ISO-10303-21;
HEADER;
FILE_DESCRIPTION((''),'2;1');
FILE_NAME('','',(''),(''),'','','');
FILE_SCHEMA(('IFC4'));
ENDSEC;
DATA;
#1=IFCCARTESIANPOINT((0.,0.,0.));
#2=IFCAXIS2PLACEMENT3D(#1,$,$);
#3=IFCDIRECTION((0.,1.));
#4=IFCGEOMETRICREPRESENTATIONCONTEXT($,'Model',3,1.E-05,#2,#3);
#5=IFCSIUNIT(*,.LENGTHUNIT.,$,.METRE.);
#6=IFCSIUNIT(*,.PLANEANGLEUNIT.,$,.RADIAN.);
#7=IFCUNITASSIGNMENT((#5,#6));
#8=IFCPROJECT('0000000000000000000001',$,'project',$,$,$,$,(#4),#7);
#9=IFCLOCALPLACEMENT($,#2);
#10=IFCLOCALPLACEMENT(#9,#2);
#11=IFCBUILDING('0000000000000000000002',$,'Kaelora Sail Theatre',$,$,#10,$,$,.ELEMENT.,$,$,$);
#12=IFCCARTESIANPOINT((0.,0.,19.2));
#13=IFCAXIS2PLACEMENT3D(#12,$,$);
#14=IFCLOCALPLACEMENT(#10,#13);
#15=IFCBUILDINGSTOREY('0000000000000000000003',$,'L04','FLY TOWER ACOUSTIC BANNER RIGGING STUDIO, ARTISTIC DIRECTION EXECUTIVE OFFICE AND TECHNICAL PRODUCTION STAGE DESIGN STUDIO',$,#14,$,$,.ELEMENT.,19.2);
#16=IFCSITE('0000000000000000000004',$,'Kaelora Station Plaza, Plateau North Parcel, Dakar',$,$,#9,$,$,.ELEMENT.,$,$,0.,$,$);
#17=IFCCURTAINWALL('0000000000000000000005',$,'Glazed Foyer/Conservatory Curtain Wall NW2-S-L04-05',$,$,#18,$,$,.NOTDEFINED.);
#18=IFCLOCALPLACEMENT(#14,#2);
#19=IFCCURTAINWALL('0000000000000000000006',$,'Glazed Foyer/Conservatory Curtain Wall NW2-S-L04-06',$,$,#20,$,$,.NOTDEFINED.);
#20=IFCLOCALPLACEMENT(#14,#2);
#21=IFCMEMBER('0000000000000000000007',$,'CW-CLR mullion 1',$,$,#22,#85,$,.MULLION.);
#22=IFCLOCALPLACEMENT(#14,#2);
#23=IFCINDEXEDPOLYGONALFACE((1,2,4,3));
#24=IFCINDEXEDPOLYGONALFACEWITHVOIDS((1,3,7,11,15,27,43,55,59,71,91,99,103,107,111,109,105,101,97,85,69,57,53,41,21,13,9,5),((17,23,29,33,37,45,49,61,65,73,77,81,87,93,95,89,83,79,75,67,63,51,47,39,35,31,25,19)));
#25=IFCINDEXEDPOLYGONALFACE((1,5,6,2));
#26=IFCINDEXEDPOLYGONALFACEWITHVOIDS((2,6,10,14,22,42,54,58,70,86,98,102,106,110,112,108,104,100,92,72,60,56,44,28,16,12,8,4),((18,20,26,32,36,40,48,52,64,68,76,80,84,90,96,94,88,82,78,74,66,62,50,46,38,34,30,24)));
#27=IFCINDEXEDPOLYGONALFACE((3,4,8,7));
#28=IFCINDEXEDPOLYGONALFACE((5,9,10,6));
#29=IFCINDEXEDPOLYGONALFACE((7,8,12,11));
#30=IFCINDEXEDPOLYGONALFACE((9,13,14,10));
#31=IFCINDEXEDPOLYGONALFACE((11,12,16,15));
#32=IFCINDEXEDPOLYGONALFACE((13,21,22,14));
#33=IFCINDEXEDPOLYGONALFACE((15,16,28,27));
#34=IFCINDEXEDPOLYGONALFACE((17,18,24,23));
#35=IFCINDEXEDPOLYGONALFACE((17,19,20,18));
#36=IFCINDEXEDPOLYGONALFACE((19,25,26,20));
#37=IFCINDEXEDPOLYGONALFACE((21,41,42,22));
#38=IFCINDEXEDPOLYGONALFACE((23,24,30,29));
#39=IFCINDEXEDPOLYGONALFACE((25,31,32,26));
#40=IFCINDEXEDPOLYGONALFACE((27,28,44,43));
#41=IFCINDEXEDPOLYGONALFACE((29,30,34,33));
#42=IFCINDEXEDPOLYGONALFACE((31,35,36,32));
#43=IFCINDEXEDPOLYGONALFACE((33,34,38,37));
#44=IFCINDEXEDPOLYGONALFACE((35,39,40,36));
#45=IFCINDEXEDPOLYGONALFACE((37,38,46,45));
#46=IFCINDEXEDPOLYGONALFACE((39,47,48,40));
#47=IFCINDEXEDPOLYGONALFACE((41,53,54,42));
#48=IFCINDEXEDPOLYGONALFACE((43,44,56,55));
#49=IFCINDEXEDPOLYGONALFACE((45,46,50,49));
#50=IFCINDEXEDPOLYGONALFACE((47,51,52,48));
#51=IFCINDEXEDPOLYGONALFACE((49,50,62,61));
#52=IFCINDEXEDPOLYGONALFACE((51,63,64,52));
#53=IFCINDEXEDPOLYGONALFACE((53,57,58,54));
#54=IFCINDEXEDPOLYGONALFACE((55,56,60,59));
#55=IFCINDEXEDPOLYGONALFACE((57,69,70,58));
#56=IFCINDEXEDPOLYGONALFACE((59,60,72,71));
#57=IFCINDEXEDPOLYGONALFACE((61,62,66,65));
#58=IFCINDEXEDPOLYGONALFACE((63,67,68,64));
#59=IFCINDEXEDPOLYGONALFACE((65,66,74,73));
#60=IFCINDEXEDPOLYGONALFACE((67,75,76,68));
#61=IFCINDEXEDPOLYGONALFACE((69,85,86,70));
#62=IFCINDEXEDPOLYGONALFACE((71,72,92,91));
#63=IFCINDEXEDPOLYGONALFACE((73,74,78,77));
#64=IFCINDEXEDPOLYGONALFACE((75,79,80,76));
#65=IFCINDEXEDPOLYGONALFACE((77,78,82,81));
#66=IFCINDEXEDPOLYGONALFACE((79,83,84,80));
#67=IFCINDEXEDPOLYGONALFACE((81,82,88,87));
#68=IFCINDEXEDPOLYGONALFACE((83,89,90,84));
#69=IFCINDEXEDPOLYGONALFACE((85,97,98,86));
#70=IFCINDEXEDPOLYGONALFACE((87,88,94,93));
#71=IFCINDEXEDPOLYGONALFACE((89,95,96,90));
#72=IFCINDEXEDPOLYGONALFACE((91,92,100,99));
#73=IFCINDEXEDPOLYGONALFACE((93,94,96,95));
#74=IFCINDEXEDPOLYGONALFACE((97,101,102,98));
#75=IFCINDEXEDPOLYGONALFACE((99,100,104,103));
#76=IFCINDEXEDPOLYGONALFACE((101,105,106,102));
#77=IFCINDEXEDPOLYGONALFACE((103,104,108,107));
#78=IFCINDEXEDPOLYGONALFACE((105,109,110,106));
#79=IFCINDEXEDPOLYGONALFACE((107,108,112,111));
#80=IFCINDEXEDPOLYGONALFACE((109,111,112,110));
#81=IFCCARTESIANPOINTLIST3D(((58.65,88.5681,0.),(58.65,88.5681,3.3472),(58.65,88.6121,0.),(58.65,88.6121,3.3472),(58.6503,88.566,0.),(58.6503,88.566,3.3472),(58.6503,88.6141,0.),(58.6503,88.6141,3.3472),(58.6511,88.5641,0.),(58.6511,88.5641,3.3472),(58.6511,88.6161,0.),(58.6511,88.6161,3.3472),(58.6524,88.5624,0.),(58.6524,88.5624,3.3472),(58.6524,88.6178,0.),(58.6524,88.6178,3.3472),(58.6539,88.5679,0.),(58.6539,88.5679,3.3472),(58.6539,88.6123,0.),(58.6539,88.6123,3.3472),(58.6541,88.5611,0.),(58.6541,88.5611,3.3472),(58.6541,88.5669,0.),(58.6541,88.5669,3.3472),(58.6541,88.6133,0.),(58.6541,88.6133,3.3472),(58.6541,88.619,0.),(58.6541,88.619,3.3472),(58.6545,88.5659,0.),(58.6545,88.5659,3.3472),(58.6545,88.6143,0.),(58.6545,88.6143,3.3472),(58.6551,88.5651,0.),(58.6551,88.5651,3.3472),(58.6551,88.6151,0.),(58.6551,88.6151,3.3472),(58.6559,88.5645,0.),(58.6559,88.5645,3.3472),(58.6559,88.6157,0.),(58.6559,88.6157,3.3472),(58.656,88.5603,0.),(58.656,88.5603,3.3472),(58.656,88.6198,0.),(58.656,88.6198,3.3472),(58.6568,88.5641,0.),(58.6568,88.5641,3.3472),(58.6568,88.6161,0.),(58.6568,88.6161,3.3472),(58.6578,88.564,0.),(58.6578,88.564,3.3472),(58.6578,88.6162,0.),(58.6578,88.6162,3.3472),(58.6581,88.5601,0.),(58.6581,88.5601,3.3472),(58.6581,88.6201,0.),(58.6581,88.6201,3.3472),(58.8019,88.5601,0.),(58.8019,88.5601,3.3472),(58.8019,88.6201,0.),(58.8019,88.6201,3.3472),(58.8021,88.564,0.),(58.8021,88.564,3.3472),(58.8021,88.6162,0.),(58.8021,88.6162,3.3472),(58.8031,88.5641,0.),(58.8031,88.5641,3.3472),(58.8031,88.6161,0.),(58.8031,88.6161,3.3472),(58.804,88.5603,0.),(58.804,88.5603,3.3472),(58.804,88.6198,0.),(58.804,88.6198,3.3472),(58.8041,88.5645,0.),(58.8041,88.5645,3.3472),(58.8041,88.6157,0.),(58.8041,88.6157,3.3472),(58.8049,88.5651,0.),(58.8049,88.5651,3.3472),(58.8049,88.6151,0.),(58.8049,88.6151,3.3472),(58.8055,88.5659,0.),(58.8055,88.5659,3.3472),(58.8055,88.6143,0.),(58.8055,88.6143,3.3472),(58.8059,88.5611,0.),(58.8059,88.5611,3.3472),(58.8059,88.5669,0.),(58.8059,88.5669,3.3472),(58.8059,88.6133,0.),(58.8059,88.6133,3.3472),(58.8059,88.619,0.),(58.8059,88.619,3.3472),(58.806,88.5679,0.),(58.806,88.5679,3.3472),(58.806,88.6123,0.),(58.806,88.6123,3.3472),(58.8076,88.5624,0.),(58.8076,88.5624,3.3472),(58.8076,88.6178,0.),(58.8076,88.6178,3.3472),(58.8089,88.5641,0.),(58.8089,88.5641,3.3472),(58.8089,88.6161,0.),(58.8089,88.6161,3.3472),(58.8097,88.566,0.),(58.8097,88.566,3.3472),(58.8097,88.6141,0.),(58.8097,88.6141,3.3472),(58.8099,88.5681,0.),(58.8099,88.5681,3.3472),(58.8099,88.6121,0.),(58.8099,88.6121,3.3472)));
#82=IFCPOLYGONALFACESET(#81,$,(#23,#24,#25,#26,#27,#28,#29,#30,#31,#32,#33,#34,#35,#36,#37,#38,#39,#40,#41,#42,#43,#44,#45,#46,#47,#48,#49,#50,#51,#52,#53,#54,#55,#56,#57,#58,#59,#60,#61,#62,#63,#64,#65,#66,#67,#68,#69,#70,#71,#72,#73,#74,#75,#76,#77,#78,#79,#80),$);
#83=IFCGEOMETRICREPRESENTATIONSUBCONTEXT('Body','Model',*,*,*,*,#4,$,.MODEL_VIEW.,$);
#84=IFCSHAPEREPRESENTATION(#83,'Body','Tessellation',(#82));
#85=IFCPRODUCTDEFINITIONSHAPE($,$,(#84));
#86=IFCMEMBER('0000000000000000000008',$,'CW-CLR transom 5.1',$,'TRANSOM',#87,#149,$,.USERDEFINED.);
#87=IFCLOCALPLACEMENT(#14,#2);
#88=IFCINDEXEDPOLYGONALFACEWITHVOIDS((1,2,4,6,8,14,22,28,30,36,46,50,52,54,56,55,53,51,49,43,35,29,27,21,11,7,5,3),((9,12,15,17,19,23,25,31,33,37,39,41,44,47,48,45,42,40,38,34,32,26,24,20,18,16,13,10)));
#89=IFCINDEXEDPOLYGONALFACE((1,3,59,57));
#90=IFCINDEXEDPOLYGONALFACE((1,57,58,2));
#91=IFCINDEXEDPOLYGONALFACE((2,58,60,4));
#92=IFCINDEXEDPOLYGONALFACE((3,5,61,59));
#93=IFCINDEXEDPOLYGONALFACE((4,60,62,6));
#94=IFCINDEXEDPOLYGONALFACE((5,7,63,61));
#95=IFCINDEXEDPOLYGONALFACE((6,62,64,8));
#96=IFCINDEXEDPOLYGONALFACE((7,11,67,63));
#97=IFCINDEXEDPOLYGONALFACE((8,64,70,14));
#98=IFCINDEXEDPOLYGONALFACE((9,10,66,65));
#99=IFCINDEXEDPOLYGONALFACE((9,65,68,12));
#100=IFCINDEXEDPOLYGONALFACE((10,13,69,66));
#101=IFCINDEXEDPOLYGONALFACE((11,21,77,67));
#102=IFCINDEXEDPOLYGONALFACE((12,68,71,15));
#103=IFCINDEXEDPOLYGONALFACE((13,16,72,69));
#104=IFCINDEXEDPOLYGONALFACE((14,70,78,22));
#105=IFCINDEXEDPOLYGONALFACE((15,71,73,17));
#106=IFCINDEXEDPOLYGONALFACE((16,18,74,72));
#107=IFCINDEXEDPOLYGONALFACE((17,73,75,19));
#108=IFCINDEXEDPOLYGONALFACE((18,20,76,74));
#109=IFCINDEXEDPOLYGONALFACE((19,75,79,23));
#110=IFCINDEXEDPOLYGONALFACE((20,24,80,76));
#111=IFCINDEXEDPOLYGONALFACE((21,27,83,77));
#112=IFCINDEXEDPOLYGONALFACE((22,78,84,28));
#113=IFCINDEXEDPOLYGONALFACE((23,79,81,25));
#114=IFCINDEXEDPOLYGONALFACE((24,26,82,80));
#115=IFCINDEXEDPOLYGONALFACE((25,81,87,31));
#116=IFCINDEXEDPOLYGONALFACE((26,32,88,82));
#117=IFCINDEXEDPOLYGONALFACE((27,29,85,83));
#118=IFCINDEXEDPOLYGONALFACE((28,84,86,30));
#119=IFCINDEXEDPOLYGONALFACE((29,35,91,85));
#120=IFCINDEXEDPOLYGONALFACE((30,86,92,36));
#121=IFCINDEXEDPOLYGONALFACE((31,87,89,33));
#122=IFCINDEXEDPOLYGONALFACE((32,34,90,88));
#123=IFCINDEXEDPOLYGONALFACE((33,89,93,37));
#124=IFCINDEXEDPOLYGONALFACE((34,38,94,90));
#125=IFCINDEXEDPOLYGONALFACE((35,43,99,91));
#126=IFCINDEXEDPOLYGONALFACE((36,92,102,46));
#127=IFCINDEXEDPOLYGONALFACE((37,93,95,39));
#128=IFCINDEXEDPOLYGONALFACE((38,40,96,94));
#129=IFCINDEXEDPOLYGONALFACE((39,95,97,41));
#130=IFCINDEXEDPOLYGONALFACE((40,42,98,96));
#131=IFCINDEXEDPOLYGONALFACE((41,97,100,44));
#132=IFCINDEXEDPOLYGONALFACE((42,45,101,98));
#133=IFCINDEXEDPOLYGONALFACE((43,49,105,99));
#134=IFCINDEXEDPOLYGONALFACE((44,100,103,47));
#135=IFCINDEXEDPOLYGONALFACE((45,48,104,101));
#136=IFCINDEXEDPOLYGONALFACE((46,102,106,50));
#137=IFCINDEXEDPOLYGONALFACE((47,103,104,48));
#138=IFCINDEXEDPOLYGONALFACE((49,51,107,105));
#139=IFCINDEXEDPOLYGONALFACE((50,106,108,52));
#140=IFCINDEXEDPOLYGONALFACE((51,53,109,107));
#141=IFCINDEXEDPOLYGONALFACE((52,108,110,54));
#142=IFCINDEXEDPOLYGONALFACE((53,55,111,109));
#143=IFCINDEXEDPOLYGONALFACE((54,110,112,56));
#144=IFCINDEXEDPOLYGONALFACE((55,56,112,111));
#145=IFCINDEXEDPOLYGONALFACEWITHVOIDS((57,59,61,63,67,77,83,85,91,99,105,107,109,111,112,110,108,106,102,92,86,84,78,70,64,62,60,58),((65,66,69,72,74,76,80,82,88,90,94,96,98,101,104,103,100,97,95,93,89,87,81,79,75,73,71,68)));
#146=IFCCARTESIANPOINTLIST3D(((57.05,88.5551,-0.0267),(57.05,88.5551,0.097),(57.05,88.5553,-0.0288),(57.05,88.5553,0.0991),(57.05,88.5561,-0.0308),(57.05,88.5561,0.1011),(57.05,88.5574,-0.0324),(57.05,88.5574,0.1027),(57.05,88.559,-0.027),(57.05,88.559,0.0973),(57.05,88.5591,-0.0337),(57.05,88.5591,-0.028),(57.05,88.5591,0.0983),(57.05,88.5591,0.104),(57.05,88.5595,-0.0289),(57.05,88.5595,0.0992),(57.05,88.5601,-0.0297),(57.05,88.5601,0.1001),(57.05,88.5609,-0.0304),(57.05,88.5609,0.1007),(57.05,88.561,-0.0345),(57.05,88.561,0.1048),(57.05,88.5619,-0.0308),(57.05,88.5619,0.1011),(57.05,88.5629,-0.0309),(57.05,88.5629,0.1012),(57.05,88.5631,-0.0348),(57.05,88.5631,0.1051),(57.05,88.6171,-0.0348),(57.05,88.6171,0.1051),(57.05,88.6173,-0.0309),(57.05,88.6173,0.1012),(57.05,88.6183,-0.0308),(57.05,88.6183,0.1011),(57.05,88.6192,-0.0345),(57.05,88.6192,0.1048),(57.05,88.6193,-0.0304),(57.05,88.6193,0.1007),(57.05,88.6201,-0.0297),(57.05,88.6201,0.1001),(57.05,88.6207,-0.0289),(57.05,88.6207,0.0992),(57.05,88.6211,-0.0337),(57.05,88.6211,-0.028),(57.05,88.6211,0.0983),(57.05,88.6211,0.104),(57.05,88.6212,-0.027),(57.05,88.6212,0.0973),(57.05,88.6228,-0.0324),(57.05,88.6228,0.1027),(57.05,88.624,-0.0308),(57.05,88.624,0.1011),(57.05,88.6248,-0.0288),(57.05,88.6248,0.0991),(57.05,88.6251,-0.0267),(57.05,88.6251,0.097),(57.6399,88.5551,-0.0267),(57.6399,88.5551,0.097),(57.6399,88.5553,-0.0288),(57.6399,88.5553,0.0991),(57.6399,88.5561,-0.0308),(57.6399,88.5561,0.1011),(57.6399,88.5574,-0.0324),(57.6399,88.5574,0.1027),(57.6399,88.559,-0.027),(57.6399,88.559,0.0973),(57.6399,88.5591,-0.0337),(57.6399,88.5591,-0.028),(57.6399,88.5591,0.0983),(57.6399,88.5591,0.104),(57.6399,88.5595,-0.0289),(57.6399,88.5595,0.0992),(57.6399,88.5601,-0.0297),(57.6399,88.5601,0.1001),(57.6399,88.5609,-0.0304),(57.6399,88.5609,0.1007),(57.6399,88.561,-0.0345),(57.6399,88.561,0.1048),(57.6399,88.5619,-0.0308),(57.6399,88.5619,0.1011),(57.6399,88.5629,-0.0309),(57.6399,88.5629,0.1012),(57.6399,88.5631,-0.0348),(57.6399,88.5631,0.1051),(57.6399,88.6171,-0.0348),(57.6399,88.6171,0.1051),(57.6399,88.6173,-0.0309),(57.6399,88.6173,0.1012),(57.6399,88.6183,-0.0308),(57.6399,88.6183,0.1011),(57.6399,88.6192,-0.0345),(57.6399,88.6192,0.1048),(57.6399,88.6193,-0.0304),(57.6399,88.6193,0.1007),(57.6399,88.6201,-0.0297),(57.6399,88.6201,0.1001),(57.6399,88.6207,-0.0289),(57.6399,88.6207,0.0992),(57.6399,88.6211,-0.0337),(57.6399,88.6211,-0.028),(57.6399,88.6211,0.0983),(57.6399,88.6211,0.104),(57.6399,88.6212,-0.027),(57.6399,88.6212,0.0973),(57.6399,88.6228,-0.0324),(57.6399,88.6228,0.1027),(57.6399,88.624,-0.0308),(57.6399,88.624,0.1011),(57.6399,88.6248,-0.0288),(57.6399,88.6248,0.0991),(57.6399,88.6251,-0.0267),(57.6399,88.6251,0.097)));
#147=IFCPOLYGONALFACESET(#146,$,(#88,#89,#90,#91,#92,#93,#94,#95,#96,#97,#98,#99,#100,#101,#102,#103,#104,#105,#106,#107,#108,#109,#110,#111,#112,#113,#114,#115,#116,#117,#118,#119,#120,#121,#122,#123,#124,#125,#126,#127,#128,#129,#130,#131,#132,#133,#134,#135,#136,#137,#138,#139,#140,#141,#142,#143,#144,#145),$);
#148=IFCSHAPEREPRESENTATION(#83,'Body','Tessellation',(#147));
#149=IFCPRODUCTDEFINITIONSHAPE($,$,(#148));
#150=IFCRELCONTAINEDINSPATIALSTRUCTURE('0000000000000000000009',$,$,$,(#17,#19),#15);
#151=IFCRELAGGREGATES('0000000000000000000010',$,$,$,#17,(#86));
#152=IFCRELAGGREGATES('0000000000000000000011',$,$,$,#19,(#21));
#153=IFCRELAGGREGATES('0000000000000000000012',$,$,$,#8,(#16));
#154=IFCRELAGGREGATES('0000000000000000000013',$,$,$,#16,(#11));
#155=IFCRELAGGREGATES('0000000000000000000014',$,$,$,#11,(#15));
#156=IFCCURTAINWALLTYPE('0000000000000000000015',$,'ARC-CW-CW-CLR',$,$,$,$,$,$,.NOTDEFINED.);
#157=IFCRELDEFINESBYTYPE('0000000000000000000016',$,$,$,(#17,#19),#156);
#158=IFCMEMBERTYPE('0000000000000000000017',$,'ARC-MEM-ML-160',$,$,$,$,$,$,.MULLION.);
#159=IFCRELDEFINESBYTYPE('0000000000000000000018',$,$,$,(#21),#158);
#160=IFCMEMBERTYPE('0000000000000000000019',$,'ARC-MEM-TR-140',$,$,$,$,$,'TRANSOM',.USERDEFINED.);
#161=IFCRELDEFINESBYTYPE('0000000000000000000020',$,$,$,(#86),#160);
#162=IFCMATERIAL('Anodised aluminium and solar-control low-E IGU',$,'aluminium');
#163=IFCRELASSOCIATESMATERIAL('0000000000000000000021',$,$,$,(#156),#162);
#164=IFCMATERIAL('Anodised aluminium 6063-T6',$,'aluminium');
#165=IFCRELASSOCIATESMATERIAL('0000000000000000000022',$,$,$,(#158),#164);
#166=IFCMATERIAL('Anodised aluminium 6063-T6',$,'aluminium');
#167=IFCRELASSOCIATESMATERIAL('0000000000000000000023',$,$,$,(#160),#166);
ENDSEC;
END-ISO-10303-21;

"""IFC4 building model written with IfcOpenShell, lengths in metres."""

from ifc_helpers import new_model, si_unit, direction, frame, origin, origin_2d, place, context, subcontext, project, spatial, hollow_rectangle, extrude, material, material_profile, profile_set, type_object, element, aggregate, save


model = new_model("IFC4")

# Units and contexts
model_context = context("Model", 3, precision=1e-05, world=origin(), true_north=direction((0.0, 1.0)))
body_context = subcontext(model_context, "Body", "Model", "MODEL_VIEW")
ifc_project = project(units=[si_unit("LENGTHUNIT", "METRE"), si_unit("PLANEANGLEUNIT", "RADIAN")], contexts=[model_context])

# Site, building, storey
site_placement = place(None, origin())
site = spatial("IfcSite", under=ifc_project, at=site_placement, Name="Kaelora Station Plaza, Plateau North Parcel, Dakar", CompositionType="ELEMENT", RefElevation=0.0)
building_placement = place(site_placement, origin())
building = spatial("IfcBuilding", under=site, at=building_placement, Name="Kaelora Sail Theatre", CompositionType="ELEMENT")
storey_placement = place(building_placement, frame((0.0, 0.0, 19.2)))
storey = spatial("IfcBuildingStorey", under=building, at=storey_placement, Name="L04", Description="FLY TOWER ACOUSTIC BANNER RIGGING STUDIO, ARTISTIC DIRECTION EXECUTIVE OFFICE AND TECHNICAL PRODUCTION STAGE DESIGN STUDIO", CompositionType="ELEMENT", Elevation=19.2)

# Curtain wall
ifc_material_1 = material(Name="Anodised aluminium and solar-control low-E IGU", Category="aluminium")
curtain_wall_type = type_object("IfcCurtainWallType", Name="ARC-CW-CW-CLR", PredefinedType="NOTDEFINED", material=ifc_material_1)
curtain_wall_1_placement = place(storey_placement, origin())
curtain_wall_1 = element("IfcCurtainWall", 1, at=curtain_wall_1_placement, inside=storey, type_object=curtain_wall_type, Name="Glazed Foyer/Conservatory Curtain Wall NW2-S-L04-05", PredefinedType="NOTDEFINED")
ifc_material_2 = material(Name="Anodised aluminium 6063-T6", Category="aluminium")
ifc_material_profile_1 = material_profile(ifc_material_2, hollow_rectangle(XDim=0.0601, YDim=0.1599, WallThickness=0.0039, InnerFilletRadius=0.0039, OuterFilletRadius=0.0081, at=origin_2d()), Name="ALU-MULL 60x160x4")
ifc_profile_set_1 = profile_set([ifc_material_profile_1], Name="Anodised aluminium 6063-T6")
member_type_1 = type_object("IfcMemberType", Name="ARC-MEM-ML-160", PredefinedType="MULLION", material=ifc_profile_set_1)

# Curtain wall, member
curtain_wall_2_placement = place(storey_placement, origin())
curtain_wall_2 = element("IfcCurtainWall", 2, at=curtain_wall_2_placement, inside=storey, type_object=curtain_wall_type, Name="Glazed Foyer/Conservatory Curtain Wall NW2-S-L04-06", PredefinedType="NOTDEFINED")
member_1_placement = place(storey_placement, frame((58.73, 88.5901, 0.0), z_axis=(0.0, 0.0, 1.0), x_axis=(0.0, 1.0, 0.0)))
member_1 = element("IfcMember", 3, at=member_1_placement, type_object=member_type_1, Name="CW-CLR mullion 1", PredefinedType="MULLION", context=body_context, shape_type="SweptSolid", body=[
    extrude(hollow_rectangle(XDim=0.0601, YDim=0.1599, WallThickness=0.0039, InnerFilletRadius=0.0039, OuterFilletRadius=0.0081, at=origin_2d()), origin(), (0.0, 0.0, 1.0), 3.3472),
])

# Member
ifc_material_3 = material(Name="Anodised aluminium 6063-T6", Category="aluminium")
ifc_material_profile_2 = material_profile(ifc_material_3, hollow_rectangle(XDim=0.0701, YDim=0.1399, WallThickness=0.0039, InnerFilletRadius=0.0039, OuterFilletRadius=0.0081, at=origin_2d()), Name="ALU-TRAN 70x140x4")
ifc_profile_set_2 = profile_set([ifc_material_profile_2], Name="Anodised aluminium 6063-T6")
member_type_2 = type_object("IfcMemberType", Name="ARC-MEM-TR-140", ElementType="TRANSOM", PredefinedType="USERDEFINED", material=ifc_profile_set_2)
member_2_placement = place(storey_placement, frame((57.05, 88.5901, 0.0352), z_axis=(1.0, 0.0, 0.0), x_axis=(0.0, 1.0, 0.0)))
member_2 = element("IfcMember", 4, at=member_2_placement, type_object=member_type_2, Name="CW-CLR transom 5.1", ObjectType="TRANSOM", PredefinedType="USERDEFINED", context=body_context, shape_type="SweptSolid", body=[
    extrude(hollow_rectangle(XDim=0.0701, YDim=0.1399, WallThickness=0.0039, InnerFilletRadius=0.0039, OuterFilletRadius=0.0081, at=origin_2d()), origin(), (0.0, 0.0, 1.0), 0.5898),
])

aggregate(curtain_wall_1, [member_2])
aggregate(curtain_wall_2, [member_1])

save(model, "model.ifc")
